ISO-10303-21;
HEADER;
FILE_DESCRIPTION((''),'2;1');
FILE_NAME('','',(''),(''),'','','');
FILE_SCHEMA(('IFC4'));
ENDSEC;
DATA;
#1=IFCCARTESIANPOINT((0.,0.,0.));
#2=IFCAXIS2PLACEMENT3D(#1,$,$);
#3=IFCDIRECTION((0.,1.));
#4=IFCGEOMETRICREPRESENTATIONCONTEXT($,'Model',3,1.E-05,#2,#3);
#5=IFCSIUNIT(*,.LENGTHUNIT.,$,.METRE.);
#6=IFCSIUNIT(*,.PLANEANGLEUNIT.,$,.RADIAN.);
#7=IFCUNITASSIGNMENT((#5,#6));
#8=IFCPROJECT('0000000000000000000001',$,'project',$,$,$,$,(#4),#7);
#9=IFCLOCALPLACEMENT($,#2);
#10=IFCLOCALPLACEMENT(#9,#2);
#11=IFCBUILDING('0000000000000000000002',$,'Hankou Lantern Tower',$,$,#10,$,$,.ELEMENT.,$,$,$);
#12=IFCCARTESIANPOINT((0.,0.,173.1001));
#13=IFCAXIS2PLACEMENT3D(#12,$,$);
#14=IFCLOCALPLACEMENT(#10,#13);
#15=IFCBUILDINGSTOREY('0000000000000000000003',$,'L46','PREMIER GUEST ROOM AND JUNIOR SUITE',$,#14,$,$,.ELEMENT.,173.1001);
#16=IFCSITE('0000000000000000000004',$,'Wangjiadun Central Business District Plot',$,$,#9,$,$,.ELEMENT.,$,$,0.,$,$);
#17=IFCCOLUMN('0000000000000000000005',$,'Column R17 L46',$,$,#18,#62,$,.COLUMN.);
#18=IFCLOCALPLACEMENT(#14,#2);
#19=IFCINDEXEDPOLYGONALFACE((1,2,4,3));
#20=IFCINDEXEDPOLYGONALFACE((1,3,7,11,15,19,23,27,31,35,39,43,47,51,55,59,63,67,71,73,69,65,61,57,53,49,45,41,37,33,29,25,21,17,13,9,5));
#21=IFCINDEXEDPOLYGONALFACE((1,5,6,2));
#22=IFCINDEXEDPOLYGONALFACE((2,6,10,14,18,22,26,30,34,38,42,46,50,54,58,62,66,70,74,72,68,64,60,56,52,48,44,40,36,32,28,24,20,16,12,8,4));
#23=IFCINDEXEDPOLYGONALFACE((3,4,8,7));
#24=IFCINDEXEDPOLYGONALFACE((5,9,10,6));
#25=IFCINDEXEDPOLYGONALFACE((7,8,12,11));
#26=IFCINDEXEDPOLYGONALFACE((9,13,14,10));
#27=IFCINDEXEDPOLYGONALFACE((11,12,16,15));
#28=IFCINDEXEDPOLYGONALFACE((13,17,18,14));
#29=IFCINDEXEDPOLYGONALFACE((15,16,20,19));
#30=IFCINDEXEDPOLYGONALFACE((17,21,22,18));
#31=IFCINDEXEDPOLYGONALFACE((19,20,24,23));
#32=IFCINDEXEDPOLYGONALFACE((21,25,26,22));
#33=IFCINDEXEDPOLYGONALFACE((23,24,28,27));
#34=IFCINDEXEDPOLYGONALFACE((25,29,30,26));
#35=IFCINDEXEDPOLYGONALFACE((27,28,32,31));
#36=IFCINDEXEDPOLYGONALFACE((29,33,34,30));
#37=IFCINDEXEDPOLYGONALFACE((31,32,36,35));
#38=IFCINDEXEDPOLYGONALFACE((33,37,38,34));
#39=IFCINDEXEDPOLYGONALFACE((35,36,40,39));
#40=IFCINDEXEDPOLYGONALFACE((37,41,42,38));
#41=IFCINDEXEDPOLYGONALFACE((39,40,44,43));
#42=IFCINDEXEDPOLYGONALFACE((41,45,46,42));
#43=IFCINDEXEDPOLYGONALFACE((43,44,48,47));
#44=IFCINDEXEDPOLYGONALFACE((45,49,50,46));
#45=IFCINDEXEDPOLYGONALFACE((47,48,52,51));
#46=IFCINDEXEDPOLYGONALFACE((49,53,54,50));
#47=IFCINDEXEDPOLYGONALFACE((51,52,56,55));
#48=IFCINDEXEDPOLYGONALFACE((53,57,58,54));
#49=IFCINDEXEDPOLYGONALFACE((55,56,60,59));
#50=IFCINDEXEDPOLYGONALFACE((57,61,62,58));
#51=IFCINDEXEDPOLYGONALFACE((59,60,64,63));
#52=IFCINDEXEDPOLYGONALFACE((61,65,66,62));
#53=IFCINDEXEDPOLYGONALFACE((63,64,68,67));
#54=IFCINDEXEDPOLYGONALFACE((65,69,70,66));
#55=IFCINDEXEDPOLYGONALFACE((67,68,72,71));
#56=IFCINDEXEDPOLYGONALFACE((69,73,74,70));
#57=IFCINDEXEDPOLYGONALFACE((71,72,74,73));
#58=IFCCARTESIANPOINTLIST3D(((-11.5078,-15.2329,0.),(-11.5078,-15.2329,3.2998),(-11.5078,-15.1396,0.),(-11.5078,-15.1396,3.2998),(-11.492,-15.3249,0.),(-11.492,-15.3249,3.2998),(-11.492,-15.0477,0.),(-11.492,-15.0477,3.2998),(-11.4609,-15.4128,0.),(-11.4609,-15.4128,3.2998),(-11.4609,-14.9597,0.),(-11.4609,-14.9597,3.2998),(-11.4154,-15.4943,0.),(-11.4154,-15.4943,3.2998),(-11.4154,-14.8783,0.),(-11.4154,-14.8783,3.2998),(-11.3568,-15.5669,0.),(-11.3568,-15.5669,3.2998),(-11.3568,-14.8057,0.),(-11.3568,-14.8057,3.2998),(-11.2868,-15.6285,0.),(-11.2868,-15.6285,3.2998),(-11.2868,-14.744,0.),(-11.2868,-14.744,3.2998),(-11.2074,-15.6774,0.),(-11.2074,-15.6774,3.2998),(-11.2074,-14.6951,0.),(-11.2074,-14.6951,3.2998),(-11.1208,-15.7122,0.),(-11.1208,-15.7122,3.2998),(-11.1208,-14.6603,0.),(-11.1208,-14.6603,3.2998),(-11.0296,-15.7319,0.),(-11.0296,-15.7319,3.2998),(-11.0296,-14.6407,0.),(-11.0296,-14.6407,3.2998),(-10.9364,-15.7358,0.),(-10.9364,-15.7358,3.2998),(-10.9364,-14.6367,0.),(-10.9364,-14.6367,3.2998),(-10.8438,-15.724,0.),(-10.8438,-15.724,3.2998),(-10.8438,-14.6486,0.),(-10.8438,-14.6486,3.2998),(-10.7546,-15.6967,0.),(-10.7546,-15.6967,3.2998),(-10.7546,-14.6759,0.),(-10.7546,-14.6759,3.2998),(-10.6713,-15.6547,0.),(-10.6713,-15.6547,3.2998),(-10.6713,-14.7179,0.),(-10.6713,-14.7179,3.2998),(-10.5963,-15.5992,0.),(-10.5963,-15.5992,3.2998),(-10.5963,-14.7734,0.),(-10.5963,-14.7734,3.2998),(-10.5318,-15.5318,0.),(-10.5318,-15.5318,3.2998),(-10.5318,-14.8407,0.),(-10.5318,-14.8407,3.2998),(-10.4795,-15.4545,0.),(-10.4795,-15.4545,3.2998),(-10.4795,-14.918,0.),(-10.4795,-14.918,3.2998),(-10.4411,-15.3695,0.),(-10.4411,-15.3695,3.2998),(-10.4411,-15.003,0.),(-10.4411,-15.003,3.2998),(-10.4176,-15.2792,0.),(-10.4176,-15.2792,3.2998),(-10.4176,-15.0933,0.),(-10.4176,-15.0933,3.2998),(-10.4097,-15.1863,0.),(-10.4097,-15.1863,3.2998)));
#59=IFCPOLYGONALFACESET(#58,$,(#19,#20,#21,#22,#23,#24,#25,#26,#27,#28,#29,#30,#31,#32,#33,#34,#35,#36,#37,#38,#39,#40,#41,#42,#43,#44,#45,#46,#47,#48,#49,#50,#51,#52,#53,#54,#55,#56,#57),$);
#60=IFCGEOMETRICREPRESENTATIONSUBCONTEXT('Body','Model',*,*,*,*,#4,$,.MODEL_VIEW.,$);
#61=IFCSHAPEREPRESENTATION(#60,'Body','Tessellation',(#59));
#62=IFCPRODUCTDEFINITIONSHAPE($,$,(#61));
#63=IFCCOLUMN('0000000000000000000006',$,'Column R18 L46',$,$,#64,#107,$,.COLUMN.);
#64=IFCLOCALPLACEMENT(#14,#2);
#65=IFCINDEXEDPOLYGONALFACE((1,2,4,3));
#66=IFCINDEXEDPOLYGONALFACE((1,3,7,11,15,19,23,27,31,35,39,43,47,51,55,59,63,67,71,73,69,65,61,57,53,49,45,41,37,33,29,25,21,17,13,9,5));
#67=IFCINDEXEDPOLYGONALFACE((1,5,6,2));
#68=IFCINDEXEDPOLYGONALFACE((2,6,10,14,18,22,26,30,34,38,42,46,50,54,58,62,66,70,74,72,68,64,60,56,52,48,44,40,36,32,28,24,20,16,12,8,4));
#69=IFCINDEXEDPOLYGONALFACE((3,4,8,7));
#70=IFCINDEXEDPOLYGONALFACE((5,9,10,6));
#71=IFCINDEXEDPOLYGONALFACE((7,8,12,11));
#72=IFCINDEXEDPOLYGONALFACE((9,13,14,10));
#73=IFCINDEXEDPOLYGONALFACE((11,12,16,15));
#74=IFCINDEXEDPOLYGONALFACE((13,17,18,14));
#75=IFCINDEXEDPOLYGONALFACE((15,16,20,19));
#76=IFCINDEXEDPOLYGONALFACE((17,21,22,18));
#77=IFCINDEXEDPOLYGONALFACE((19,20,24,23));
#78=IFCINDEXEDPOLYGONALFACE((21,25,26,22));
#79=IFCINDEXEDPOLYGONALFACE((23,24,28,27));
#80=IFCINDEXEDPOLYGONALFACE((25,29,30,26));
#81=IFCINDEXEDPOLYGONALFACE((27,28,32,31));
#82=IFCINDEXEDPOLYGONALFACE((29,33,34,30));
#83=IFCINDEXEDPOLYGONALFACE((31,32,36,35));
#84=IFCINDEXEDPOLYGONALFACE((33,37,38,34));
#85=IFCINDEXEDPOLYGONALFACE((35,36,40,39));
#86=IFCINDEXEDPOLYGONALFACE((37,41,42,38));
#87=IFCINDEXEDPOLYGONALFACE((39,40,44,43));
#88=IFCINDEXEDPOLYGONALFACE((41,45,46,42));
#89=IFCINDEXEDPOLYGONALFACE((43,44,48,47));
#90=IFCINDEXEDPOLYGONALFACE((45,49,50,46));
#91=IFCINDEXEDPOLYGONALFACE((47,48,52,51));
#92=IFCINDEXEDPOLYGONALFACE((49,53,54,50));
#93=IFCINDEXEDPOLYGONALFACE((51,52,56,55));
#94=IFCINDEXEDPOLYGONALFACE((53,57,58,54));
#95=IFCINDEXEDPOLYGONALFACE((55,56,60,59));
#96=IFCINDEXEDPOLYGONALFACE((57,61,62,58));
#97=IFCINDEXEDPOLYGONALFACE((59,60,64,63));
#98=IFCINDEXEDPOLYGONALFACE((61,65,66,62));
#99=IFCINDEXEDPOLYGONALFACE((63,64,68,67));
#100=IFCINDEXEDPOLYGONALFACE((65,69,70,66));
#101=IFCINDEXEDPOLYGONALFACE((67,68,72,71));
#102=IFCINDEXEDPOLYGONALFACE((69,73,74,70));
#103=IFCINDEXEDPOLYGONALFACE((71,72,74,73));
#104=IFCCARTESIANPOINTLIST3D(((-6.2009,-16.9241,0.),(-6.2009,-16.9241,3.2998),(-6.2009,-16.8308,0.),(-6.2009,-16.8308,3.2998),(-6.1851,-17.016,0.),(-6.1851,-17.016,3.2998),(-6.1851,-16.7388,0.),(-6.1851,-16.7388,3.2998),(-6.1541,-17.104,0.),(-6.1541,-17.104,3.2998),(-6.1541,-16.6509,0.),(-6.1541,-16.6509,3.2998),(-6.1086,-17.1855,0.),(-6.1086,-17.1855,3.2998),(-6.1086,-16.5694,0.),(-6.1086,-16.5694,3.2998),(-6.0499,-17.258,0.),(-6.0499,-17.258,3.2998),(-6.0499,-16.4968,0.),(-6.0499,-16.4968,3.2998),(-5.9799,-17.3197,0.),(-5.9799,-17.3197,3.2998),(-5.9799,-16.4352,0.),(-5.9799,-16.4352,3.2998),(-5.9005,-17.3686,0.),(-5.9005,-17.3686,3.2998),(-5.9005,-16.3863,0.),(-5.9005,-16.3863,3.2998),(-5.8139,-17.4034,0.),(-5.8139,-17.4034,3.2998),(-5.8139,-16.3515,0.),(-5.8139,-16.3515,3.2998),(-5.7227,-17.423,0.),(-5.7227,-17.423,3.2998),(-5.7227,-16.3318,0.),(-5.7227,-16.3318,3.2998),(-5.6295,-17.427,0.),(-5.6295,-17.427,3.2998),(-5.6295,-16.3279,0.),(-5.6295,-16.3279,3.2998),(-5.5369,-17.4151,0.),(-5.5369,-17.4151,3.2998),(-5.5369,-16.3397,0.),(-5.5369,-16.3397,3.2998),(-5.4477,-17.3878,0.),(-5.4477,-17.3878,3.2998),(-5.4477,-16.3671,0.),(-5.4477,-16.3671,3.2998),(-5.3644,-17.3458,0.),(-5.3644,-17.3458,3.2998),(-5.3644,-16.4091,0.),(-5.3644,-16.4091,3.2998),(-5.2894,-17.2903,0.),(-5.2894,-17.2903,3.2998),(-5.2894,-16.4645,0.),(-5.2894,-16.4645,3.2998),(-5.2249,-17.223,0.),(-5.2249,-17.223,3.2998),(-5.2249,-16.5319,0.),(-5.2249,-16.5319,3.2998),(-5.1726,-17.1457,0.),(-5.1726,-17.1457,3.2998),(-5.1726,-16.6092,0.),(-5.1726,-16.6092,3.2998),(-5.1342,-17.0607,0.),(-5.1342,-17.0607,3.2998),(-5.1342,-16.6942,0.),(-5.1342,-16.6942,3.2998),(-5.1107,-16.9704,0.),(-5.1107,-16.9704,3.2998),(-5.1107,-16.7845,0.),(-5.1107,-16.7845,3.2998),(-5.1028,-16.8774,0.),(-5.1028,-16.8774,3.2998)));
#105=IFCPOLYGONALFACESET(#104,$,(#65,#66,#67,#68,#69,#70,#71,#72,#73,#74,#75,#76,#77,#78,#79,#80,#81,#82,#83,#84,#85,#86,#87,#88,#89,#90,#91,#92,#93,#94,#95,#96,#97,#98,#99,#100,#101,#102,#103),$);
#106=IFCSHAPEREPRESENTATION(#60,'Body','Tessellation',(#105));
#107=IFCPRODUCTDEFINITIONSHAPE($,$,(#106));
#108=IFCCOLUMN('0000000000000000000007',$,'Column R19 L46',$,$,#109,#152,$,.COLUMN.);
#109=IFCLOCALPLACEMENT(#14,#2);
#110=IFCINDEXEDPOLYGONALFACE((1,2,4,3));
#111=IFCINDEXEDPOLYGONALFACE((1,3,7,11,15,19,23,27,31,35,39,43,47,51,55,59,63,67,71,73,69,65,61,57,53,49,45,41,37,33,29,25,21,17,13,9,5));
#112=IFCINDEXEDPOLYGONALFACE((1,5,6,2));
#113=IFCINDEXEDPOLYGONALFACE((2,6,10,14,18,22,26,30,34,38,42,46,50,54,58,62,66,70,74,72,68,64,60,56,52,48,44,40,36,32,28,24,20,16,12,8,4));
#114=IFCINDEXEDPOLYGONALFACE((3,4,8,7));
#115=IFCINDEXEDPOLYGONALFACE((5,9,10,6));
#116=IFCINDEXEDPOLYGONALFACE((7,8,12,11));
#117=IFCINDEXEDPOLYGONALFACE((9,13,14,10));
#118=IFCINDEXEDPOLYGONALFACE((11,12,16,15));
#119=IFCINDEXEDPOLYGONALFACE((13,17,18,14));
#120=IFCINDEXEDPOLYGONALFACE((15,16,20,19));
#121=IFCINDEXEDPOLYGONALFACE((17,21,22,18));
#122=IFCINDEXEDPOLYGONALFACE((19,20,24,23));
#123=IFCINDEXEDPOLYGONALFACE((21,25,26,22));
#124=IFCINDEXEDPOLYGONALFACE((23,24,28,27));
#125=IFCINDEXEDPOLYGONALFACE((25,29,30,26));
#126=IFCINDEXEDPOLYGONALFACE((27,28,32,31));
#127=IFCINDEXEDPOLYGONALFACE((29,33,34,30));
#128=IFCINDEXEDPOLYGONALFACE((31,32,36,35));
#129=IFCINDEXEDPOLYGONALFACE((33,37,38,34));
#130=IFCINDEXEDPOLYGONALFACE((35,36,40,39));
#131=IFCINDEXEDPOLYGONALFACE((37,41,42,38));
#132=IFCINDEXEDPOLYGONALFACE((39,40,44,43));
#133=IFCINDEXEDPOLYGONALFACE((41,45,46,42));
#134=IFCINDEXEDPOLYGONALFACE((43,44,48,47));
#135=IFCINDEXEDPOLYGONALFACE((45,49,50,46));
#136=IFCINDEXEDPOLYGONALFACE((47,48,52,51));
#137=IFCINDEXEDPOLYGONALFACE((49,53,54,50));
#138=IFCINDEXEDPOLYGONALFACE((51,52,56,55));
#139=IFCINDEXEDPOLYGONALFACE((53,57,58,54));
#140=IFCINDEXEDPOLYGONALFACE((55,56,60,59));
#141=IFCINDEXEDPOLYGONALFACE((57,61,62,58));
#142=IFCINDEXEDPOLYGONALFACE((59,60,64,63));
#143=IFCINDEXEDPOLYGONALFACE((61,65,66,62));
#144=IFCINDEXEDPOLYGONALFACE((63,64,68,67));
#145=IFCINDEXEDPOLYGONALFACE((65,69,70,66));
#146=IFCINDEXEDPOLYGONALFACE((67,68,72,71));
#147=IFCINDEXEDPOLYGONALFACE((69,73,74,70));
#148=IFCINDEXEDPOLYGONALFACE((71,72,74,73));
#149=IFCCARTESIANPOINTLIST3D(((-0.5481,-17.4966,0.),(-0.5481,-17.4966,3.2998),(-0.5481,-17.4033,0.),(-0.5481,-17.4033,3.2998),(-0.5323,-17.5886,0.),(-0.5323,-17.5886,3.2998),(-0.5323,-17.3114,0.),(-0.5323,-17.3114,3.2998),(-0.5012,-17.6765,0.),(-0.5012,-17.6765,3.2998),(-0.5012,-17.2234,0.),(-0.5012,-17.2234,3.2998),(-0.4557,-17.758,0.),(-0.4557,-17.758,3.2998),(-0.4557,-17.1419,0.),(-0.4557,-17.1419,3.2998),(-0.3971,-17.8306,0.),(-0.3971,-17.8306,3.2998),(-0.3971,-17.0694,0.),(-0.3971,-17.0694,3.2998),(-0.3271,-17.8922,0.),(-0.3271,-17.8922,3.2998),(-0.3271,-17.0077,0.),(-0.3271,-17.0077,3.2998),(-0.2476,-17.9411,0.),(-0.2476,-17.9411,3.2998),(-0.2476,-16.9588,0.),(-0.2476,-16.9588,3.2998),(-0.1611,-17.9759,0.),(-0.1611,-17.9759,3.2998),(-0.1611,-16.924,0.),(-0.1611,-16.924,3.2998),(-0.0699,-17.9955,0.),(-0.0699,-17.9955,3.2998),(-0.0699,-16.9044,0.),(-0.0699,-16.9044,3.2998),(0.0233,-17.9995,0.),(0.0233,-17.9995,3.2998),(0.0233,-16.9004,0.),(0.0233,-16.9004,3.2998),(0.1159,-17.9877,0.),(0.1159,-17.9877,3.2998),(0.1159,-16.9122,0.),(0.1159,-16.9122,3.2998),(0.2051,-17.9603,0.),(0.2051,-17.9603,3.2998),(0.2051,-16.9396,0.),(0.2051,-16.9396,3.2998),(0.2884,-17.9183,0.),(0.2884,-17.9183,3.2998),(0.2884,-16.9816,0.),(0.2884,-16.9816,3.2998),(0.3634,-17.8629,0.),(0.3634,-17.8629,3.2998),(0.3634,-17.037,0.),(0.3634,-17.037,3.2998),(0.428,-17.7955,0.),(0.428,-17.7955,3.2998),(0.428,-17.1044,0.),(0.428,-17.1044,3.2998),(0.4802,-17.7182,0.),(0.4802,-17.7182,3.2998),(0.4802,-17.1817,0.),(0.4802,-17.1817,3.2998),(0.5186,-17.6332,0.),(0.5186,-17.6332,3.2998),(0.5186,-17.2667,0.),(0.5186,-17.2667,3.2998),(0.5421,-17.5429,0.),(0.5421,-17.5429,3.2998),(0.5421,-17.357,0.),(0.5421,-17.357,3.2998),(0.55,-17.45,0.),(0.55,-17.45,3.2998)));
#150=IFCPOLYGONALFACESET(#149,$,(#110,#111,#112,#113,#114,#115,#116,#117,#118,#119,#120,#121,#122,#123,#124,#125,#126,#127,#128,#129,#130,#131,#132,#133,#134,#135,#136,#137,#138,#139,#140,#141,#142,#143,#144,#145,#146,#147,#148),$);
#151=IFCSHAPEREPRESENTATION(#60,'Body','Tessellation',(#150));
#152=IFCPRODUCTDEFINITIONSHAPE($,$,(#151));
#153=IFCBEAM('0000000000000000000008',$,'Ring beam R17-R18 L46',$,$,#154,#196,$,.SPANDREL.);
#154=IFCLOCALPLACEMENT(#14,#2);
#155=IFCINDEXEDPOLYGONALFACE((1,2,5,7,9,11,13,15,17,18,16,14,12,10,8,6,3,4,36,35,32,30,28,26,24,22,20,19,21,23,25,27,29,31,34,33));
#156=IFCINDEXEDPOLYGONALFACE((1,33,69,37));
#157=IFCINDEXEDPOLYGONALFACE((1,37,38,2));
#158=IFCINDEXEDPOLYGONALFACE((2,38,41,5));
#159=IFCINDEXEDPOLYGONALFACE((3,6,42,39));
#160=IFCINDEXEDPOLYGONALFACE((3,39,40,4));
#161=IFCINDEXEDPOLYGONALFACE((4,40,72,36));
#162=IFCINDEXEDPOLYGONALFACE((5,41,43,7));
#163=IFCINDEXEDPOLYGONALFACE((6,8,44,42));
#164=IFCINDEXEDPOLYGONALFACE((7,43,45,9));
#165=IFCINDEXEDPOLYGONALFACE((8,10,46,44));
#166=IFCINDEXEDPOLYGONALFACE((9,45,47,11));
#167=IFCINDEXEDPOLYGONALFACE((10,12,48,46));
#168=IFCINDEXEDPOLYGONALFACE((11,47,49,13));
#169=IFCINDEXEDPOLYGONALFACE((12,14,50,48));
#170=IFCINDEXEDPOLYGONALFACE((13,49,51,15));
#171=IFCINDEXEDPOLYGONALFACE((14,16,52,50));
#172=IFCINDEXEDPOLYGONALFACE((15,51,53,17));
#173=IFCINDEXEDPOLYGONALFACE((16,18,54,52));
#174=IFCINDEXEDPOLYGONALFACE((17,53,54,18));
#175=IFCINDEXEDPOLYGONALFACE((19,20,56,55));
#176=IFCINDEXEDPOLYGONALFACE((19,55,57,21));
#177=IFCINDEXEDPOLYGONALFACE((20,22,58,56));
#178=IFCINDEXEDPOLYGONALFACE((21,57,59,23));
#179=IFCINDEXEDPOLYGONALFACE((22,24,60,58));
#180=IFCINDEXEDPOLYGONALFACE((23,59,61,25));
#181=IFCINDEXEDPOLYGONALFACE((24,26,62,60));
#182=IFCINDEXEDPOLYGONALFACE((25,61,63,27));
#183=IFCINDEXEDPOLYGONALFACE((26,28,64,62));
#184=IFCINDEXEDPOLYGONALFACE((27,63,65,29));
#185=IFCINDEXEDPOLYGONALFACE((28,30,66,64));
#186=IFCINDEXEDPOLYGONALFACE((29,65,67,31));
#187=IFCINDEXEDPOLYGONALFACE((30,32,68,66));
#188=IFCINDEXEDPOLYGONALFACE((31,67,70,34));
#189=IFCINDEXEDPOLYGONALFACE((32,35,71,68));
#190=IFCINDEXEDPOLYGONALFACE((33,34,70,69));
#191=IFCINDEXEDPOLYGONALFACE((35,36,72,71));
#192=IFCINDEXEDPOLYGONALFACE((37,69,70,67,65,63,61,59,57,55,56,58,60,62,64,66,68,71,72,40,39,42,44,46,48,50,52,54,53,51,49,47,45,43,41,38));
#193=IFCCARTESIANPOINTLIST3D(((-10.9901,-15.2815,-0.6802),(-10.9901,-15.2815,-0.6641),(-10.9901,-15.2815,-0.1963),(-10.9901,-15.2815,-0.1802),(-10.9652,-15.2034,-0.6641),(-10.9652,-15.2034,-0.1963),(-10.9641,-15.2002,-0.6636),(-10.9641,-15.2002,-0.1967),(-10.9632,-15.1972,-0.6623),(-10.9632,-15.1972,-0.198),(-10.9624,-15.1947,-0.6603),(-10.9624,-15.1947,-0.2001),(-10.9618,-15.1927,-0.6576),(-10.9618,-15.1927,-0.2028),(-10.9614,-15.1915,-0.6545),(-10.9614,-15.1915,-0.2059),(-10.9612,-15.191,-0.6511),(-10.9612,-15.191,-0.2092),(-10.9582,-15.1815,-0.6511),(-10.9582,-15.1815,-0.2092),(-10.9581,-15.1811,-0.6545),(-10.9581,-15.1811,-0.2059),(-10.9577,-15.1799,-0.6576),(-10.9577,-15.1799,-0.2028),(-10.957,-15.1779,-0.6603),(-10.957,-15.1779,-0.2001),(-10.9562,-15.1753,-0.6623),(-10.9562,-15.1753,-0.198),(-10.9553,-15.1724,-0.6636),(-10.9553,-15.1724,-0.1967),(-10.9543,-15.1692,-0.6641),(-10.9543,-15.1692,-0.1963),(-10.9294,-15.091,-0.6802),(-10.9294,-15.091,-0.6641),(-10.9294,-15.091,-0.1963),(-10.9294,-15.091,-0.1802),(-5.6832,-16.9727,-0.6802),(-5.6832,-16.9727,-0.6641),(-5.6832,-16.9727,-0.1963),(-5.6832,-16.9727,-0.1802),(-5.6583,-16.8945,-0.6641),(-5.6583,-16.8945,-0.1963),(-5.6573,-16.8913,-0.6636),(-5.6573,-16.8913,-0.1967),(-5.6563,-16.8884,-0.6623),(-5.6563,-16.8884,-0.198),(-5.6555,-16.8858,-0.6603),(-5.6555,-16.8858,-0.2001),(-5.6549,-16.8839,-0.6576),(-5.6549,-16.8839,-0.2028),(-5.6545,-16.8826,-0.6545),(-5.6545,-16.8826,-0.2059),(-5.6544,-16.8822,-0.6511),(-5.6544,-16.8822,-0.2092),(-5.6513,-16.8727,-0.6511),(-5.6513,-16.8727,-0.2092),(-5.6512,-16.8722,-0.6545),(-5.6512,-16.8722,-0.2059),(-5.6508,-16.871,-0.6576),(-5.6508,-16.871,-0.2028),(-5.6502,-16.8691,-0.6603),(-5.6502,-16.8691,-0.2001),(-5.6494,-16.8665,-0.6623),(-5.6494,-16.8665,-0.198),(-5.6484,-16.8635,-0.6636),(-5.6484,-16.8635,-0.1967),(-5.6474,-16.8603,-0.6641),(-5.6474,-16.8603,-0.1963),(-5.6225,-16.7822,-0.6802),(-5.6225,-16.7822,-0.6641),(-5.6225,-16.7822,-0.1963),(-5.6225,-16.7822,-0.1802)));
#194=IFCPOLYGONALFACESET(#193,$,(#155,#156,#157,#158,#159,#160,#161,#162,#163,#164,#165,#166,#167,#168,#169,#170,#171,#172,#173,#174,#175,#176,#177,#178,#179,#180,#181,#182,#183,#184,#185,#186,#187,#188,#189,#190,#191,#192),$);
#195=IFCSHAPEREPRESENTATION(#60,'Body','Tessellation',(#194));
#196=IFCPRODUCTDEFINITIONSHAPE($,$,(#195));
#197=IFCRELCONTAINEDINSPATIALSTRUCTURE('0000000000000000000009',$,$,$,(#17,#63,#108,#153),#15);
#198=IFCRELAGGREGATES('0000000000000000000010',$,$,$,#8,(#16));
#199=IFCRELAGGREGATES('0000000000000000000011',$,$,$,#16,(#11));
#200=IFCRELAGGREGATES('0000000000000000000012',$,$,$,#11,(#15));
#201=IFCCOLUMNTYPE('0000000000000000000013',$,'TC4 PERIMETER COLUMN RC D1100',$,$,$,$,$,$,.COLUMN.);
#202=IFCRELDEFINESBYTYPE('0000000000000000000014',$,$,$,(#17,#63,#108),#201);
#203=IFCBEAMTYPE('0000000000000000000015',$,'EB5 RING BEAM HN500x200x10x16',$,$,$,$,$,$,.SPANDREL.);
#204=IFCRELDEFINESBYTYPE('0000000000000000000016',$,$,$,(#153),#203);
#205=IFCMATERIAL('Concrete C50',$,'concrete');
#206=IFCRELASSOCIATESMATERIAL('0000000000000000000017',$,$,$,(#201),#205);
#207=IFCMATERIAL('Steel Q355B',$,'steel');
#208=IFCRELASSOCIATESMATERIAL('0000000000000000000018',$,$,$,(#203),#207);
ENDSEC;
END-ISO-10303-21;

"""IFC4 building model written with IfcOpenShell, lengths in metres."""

from ifc_helpers import new_model, si_unit, direction, frame, origin, origin_2d, place, context, subcontext, project, spatial, circle, i_section, extrude, material, material_profile, profile_set, type_object, element, save


model = new_model("IFC4")

# Units and contexts
model_context = context("Model", 3, precision=1e-05, world=origin(), true_north=direction((0.0, 1.0)))
body_context = subcontext(model_context, "Body", "Model", "MODEL_VIEW")
ifc_project = project(units=[si_unit("LENGTHUNIT", "METRE"), si_unit("PLANEANGLEUNIT", "RADIAN")], contexts=[model_context])

# Site, building, storey
site_placement = place(None, origin())
site = spatial("IfcSite", under=ifc_project, at=site_placement, Name="Wangjiadun Central Business District Plot", CompositionType="ELEMENT", RefElevation=0.0)
building_placement = place(site_placement, origin())
building = spatial("IfcBuilding", under=site, at=building_placement, Name="Hankou Lantern Tower", CompositionType="ELEMENT")
storey_placement = place(building_placement, frame((0.0, 0.0, 173.1001)))
storey = spatial("IfcBuildingStorey", under=building, at=storey_placement, Name="L46", Description="PREMIER GUEST ROOM AND JUNIOR SUITE", CompositionType="ELEMENT", Elevation=173.1001)

# Columns
ifc_material_1 = material(Name="Concrete C50", Category="concrete")
ifc_material_profile_1 = material_profile(ifc_material_1, circle(Radius=0.55, at=origin_2d()), Name="RC D1100")
ifc_profile_set_1 = profile_set([ifc_material_profile_1], Name="Concrete C50")
column_type = type_object("IfcColumnType", Name="TC4 PERIMETER COLUMN RC D1100", PredefinedType="COLUMN", material=ifc_profile_set_1)
for number, where, z_axis, x_axis, name in (
    (1, (-10.9597, -15.1863, 0.0), (0.0, 0.0, 1.0), (1.0, 0.0, 0.0), "Column R17 L46"),
    (2, (-5.6528, -16.8774, 0.0), (0.0, 0.0, 1.0), (1.0, 0.0, 0.0), "Column R18 L46"),
    (3, (0.0, -17.45, 0.0), (0.0, 0.0, 1.0), (1.0, 0.0, 0.0), "Column R19 L46"),
):
    element("IfcColumn", number, at=place(storey_placement, frame(where, z_axis=z_axis, x_axis=x_axis)), inside=storey, type_object=column_type, Name=name, PredefinedType="COLUMN", context=body_context, shape_type="SweptSolid", body=[
        extrude(circle(Radius=0.55, at=origin_2d()), origin(), (0.0, 0.0, 1.0), 3.2998),
    ])

# Beam
ifc_material_2 = material(Name="Steel Q355B", Category="steel")
ifc_material_profile_2 = material_profile(ifc_material_2, i_section(OverallWidth=0.2, OverallDepth=0.5, WebThickness=0.01, FlangeThickness=0.0161, FilletRadius=0.0129, at=origin_2d()), Name="HN500x200x10x16")
ifc_profile_set_2 = profile_set([ifc_material_profile_2], Name="Steel Q355B")
beam_type_1 = type_object("IfcBeamType", Name="EB5 RING BEAM HN500x200x10x16", PredefinedType="SPANDREL", material=ifc_profile_set_2)
beam_1_placement = place(storey_placement, frame((-10.9597, -15.1863, -0.4302), z_axis=(0.95279, -0.303629, 0.0), x_axis=(0.303629, 0.95279, 0.0)))
element("IfcBeam", 4, at=beam_1_placement, inside=storey, type_object=beam_type_1, Name="Ring beam R17-R18 L46", PredefinedType="SPANDREL", context=body_context, shape_type="SweptSolid", body=[
    extrude(i_section(OverallWidth=0.2, OverallDepth=0.5, WebThickness=0.01, FlangeThickness=0.0161, FilletRadius=0.0129, at=origin_2d()), origin(), (0.0, 0.0, 1.0), 5.5698),
])

save(model, "model.ifc")
